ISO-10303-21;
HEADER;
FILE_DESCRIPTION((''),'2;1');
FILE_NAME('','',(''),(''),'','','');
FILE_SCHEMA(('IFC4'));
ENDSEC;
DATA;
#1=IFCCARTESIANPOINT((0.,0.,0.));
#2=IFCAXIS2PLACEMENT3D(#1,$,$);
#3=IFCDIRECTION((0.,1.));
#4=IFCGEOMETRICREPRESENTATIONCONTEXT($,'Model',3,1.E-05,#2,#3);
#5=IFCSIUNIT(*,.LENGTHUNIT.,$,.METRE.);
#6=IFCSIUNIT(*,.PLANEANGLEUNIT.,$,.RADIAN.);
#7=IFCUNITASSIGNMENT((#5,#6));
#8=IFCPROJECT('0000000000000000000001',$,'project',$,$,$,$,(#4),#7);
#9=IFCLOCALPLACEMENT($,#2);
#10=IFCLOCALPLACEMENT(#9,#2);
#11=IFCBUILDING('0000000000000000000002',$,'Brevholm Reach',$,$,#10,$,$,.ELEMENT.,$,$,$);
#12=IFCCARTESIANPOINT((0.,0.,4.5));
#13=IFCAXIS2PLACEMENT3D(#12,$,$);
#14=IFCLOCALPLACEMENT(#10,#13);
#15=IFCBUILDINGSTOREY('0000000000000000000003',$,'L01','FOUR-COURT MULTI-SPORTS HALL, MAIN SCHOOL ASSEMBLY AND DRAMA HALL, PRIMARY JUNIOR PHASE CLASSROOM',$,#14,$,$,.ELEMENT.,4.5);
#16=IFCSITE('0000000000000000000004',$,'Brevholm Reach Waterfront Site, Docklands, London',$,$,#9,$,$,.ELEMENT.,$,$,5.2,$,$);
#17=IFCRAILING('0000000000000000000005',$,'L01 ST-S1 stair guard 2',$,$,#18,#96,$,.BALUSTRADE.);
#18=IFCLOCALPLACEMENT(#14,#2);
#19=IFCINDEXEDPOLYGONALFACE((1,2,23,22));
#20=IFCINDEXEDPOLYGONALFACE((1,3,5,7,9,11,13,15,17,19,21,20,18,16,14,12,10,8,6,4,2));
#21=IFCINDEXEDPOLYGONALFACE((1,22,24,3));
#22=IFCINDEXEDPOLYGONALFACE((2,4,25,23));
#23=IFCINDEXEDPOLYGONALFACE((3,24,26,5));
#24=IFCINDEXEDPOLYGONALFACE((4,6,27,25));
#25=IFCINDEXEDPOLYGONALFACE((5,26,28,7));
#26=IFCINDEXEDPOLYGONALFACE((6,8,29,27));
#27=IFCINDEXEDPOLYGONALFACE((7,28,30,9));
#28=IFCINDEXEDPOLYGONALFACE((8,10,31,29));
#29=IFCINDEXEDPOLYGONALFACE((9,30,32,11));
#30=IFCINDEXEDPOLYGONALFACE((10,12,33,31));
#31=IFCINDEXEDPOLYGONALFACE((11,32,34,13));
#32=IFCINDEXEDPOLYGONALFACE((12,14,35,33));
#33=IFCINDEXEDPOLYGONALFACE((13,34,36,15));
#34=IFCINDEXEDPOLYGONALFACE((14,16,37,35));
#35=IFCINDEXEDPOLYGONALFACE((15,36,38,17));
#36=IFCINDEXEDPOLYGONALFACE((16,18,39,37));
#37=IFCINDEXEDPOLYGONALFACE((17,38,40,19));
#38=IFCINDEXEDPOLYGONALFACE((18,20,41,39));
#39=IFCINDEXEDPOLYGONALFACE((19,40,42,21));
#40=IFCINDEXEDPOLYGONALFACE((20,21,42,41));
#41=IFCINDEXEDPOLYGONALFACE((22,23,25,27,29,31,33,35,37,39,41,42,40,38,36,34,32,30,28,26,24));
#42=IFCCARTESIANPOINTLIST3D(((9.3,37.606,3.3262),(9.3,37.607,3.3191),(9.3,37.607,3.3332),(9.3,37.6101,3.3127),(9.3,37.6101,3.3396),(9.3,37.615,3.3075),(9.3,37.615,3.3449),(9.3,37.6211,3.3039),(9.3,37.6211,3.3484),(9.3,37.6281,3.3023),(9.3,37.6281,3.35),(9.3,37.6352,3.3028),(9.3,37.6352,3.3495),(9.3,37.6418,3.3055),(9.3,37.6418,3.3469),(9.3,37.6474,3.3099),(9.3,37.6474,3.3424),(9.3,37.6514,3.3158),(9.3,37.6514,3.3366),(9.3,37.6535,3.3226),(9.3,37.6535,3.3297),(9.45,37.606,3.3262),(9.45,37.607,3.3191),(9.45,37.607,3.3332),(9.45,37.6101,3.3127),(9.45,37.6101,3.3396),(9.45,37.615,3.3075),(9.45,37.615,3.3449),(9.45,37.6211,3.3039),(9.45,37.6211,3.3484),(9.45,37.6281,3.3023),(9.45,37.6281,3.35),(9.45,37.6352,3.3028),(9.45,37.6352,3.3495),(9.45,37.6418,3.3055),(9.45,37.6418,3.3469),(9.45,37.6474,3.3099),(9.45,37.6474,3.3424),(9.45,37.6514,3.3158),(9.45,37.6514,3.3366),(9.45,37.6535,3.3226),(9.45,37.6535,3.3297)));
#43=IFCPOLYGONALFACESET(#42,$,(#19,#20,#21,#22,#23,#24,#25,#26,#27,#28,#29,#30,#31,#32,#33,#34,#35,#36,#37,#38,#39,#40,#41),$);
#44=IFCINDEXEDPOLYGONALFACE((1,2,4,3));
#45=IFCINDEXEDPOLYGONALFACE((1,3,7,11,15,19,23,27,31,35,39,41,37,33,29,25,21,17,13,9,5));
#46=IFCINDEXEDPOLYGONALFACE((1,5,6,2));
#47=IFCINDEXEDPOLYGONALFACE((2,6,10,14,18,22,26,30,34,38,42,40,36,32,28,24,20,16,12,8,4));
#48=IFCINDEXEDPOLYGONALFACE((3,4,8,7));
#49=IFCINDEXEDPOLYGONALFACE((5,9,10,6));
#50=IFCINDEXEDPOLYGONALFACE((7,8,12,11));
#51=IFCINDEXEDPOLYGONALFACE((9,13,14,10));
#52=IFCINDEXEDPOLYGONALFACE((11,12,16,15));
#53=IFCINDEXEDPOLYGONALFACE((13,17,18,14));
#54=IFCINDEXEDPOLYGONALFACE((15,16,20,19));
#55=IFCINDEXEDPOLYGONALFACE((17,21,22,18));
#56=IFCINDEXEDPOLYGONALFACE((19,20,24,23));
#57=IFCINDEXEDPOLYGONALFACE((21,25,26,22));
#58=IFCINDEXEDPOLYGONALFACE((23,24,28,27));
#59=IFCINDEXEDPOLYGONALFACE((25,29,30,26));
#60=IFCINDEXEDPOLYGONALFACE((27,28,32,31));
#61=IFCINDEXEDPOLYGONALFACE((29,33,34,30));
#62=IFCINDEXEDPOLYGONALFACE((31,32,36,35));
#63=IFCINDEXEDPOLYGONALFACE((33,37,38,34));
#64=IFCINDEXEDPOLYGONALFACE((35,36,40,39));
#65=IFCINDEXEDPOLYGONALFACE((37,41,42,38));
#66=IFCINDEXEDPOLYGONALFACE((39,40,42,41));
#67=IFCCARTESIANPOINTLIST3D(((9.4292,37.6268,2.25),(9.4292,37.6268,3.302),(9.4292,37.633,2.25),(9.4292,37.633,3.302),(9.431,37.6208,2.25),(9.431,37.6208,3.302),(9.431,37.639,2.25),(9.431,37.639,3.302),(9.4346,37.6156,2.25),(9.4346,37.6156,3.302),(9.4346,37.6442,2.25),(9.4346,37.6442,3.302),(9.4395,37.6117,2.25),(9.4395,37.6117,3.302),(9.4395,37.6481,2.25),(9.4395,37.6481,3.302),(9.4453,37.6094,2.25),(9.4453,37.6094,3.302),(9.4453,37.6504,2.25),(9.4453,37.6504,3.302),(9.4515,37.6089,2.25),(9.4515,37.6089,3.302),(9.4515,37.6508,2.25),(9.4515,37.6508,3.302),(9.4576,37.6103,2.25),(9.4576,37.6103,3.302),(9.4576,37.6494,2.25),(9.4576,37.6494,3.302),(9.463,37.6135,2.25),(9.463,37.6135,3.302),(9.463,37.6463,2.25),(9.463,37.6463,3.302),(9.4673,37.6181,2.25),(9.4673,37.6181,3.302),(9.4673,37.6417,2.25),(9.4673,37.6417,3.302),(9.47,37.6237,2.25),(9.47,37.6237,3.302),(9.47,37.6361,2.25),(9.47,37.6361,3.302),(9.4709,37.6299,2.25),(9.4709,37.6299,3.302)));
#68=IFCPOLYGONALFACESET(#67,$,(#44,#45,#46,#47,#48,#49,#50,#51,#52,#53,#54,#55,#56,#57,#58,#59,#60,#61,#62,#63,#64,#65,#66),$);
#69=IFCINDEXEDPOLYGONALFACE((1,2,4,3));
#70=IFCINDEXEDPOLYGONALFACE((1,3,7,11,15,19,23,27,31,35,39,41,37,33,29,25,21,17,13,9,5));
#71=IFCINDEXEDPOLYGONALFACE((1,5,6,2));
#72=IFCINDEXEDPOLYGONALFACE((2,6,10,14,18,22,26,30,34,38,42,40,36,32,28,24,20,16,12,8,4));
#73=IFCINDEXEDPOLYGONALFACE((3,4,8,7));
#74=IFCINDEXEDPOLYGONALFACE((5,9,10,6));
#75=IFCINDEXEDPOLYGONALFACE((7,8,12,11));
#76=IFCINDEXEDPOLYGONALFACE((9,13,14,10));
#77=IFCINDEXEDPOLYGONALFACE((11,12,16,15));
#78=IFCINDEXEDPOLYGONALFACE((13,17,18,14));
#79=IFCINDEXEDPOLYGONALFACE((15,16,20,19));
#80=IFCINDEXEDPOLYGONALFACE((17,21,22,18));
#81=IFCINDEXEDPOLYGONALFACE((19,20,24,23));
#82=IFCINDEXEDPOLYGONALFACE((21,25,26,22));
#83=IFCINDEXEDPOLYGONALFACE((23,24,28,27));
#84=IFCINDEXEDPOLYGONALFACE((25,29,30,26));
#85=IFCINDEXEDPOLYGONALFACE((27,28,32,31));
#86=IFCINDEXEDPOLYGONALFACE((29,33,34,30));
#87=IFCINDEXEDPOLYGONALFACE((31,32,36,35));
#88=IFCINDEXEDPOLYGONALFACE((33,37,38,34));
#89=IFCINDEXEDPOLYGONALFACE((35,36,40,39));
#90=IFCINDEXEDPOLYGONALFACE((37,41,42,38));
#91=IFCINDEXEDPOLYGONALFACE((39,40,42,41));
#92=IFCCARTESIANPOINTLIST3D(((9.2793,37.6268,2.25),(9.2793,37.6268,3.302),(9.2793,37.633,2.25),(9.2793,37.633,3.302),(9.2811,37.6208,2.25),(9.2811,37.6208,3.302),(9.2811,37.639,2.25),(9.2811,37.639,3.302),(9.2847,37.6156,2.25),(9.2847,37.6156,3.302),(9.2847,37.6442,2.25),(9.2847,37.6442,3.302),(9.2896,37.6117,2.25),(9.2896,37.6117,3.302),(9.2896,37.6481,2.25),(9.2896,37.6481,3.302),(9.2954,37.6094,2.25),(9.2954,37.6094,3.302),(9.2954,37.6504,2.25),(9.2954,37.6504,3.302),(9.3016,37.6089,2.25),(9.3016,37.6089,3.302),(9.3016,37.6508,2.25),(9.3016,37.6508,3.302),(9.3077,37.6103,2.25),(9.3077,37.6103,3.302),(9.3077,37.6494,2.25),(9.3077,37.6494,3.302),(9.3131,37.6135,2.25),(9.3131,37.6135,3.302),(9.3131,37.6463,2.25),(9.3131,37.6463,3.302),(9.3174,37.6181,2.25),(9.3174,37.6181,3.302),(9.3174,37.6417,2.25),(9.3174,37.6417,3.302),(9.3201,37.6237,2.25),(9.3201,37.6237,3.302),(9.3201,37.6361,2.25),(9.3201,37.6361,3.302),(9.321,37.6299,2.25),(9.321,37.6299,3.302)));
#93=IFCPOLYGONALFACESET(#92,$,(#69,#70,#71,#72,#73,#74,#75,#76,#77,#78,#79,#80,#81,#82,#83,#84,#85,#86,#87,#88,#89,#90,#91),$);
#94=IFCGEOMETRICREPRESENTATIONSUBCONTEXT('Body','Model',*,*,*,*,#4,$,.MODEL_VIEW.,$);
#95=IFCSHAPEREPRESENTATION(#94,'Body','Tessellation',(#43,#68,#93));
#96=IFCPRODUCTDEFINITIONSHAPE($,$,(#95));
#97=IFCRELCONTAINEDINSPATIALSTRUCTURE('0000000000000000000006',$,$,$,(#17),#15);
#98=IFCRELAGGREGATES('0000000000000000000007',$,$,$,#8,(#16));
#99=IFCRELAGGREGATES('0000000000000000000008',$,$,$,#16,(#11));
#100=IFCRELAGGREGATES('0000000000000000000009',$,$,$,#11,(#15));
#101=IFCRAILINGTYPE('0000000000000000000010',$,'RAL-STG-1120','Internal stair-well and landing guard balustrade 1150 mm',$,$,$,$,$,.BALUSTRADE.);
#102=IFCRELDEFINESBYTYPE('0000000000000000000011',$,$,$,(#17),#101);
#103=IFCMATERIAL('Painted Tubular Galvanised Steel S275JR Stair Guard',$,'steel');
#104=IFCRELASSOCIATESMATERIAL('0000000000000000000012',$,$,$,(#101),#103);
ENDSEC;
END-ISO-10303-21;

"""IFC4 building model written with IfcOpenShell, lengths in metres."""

from ifc_helpers import new_model, si_unit, direction, frame, origin, origin_2d, place, context, subcontext, project, spatial, circle, extrude, material, type_object, element, save


model = new_model("IFC4")

# Units and contexts
model_context = context("Model", 3, precision=1e-05, world=origin(), true_north=direction((0.0, 1.0)))
body_context = subcontext(model_context, "Body", "Model", "MODEL_VIEW")
ifc_project = project(units=[si_unit("LENGTHUNIT", "METRE"), si_unit("PLANEANGLEUNIT", "RADIAN")], contexts=[model_context])

# Site, building, storey
site_placement = place(None, origin())
site = spatial("IfcSite", under=ifc_project, at=site_placement, Name="Brevholm Reach Waterfront Site, Docklands, London", CompositionType="ELEMENT", RefElevation=5.2)
building_placement = place(site_placement, origin())
building = spatial("IfcBuilding", under=site, at=building_placement, Name="Brevholm Reach", CompositionType="ELEMENT")
storey_placement = place(building_placement, frame((0.0, 0.0, 4.5)))
storey = spatial("IfcBuildingStorey", under=building, at=storey_placement, Name="L01", Description="FOUR-COURT MULTI-SPORTS HALL, MAIN SCHOOL ASSEMBLY AND DRAMA HALL, PRIMARY JUNIOR PHASE CLASSROOM", CompositionType="ELEMENT", Elevation=4.5)

# Railing
ifc_material_1 = material(Name="Painted Tubular Galvanised Steel S275JR Stair Guard", Category="steel")
railing_type_1 = type_object("IfcRailingType", Name="RAL-STG-1120", Description="Internal stair-well and landing guard balustrade 1150 mm", PredefinedType="BALUSTRADE", material=ifc_material_1)
railing_1_placement = place(storey_placement, frame((9.45, 37.6299, 2.25)))
element("IfcRailing", 1, at=railing_1_placement, inside=storey, type_object=railing_type_1, Name="L01 ST-S1 stair guard 2", PredefinedType="BALUSTRADE", context=body_context, shape_type="SweptSolid", body=[
    extrude(circle(Radius=0.0239, at=origin_2d()), frame((0.0, 0.0, 1.0762), z_axis=(-1.0, 0.0, 0.0), x_axis=(0.0, -1.0, 0.0)), (0.0, 0.0, 1.0), 0.1499),
    extrude(circle(Radius=0.021, at=origin_2d()), origin(), (0.0, 0.0, 1.0), 1.052),
    extrude(circle(Radius=0.021, at=origin_2d()), frame((-0.1499, 0.0, 0.0)), (0.0, 0.0, 1.0), 1.052),
])

save(model, "model.ifc")
